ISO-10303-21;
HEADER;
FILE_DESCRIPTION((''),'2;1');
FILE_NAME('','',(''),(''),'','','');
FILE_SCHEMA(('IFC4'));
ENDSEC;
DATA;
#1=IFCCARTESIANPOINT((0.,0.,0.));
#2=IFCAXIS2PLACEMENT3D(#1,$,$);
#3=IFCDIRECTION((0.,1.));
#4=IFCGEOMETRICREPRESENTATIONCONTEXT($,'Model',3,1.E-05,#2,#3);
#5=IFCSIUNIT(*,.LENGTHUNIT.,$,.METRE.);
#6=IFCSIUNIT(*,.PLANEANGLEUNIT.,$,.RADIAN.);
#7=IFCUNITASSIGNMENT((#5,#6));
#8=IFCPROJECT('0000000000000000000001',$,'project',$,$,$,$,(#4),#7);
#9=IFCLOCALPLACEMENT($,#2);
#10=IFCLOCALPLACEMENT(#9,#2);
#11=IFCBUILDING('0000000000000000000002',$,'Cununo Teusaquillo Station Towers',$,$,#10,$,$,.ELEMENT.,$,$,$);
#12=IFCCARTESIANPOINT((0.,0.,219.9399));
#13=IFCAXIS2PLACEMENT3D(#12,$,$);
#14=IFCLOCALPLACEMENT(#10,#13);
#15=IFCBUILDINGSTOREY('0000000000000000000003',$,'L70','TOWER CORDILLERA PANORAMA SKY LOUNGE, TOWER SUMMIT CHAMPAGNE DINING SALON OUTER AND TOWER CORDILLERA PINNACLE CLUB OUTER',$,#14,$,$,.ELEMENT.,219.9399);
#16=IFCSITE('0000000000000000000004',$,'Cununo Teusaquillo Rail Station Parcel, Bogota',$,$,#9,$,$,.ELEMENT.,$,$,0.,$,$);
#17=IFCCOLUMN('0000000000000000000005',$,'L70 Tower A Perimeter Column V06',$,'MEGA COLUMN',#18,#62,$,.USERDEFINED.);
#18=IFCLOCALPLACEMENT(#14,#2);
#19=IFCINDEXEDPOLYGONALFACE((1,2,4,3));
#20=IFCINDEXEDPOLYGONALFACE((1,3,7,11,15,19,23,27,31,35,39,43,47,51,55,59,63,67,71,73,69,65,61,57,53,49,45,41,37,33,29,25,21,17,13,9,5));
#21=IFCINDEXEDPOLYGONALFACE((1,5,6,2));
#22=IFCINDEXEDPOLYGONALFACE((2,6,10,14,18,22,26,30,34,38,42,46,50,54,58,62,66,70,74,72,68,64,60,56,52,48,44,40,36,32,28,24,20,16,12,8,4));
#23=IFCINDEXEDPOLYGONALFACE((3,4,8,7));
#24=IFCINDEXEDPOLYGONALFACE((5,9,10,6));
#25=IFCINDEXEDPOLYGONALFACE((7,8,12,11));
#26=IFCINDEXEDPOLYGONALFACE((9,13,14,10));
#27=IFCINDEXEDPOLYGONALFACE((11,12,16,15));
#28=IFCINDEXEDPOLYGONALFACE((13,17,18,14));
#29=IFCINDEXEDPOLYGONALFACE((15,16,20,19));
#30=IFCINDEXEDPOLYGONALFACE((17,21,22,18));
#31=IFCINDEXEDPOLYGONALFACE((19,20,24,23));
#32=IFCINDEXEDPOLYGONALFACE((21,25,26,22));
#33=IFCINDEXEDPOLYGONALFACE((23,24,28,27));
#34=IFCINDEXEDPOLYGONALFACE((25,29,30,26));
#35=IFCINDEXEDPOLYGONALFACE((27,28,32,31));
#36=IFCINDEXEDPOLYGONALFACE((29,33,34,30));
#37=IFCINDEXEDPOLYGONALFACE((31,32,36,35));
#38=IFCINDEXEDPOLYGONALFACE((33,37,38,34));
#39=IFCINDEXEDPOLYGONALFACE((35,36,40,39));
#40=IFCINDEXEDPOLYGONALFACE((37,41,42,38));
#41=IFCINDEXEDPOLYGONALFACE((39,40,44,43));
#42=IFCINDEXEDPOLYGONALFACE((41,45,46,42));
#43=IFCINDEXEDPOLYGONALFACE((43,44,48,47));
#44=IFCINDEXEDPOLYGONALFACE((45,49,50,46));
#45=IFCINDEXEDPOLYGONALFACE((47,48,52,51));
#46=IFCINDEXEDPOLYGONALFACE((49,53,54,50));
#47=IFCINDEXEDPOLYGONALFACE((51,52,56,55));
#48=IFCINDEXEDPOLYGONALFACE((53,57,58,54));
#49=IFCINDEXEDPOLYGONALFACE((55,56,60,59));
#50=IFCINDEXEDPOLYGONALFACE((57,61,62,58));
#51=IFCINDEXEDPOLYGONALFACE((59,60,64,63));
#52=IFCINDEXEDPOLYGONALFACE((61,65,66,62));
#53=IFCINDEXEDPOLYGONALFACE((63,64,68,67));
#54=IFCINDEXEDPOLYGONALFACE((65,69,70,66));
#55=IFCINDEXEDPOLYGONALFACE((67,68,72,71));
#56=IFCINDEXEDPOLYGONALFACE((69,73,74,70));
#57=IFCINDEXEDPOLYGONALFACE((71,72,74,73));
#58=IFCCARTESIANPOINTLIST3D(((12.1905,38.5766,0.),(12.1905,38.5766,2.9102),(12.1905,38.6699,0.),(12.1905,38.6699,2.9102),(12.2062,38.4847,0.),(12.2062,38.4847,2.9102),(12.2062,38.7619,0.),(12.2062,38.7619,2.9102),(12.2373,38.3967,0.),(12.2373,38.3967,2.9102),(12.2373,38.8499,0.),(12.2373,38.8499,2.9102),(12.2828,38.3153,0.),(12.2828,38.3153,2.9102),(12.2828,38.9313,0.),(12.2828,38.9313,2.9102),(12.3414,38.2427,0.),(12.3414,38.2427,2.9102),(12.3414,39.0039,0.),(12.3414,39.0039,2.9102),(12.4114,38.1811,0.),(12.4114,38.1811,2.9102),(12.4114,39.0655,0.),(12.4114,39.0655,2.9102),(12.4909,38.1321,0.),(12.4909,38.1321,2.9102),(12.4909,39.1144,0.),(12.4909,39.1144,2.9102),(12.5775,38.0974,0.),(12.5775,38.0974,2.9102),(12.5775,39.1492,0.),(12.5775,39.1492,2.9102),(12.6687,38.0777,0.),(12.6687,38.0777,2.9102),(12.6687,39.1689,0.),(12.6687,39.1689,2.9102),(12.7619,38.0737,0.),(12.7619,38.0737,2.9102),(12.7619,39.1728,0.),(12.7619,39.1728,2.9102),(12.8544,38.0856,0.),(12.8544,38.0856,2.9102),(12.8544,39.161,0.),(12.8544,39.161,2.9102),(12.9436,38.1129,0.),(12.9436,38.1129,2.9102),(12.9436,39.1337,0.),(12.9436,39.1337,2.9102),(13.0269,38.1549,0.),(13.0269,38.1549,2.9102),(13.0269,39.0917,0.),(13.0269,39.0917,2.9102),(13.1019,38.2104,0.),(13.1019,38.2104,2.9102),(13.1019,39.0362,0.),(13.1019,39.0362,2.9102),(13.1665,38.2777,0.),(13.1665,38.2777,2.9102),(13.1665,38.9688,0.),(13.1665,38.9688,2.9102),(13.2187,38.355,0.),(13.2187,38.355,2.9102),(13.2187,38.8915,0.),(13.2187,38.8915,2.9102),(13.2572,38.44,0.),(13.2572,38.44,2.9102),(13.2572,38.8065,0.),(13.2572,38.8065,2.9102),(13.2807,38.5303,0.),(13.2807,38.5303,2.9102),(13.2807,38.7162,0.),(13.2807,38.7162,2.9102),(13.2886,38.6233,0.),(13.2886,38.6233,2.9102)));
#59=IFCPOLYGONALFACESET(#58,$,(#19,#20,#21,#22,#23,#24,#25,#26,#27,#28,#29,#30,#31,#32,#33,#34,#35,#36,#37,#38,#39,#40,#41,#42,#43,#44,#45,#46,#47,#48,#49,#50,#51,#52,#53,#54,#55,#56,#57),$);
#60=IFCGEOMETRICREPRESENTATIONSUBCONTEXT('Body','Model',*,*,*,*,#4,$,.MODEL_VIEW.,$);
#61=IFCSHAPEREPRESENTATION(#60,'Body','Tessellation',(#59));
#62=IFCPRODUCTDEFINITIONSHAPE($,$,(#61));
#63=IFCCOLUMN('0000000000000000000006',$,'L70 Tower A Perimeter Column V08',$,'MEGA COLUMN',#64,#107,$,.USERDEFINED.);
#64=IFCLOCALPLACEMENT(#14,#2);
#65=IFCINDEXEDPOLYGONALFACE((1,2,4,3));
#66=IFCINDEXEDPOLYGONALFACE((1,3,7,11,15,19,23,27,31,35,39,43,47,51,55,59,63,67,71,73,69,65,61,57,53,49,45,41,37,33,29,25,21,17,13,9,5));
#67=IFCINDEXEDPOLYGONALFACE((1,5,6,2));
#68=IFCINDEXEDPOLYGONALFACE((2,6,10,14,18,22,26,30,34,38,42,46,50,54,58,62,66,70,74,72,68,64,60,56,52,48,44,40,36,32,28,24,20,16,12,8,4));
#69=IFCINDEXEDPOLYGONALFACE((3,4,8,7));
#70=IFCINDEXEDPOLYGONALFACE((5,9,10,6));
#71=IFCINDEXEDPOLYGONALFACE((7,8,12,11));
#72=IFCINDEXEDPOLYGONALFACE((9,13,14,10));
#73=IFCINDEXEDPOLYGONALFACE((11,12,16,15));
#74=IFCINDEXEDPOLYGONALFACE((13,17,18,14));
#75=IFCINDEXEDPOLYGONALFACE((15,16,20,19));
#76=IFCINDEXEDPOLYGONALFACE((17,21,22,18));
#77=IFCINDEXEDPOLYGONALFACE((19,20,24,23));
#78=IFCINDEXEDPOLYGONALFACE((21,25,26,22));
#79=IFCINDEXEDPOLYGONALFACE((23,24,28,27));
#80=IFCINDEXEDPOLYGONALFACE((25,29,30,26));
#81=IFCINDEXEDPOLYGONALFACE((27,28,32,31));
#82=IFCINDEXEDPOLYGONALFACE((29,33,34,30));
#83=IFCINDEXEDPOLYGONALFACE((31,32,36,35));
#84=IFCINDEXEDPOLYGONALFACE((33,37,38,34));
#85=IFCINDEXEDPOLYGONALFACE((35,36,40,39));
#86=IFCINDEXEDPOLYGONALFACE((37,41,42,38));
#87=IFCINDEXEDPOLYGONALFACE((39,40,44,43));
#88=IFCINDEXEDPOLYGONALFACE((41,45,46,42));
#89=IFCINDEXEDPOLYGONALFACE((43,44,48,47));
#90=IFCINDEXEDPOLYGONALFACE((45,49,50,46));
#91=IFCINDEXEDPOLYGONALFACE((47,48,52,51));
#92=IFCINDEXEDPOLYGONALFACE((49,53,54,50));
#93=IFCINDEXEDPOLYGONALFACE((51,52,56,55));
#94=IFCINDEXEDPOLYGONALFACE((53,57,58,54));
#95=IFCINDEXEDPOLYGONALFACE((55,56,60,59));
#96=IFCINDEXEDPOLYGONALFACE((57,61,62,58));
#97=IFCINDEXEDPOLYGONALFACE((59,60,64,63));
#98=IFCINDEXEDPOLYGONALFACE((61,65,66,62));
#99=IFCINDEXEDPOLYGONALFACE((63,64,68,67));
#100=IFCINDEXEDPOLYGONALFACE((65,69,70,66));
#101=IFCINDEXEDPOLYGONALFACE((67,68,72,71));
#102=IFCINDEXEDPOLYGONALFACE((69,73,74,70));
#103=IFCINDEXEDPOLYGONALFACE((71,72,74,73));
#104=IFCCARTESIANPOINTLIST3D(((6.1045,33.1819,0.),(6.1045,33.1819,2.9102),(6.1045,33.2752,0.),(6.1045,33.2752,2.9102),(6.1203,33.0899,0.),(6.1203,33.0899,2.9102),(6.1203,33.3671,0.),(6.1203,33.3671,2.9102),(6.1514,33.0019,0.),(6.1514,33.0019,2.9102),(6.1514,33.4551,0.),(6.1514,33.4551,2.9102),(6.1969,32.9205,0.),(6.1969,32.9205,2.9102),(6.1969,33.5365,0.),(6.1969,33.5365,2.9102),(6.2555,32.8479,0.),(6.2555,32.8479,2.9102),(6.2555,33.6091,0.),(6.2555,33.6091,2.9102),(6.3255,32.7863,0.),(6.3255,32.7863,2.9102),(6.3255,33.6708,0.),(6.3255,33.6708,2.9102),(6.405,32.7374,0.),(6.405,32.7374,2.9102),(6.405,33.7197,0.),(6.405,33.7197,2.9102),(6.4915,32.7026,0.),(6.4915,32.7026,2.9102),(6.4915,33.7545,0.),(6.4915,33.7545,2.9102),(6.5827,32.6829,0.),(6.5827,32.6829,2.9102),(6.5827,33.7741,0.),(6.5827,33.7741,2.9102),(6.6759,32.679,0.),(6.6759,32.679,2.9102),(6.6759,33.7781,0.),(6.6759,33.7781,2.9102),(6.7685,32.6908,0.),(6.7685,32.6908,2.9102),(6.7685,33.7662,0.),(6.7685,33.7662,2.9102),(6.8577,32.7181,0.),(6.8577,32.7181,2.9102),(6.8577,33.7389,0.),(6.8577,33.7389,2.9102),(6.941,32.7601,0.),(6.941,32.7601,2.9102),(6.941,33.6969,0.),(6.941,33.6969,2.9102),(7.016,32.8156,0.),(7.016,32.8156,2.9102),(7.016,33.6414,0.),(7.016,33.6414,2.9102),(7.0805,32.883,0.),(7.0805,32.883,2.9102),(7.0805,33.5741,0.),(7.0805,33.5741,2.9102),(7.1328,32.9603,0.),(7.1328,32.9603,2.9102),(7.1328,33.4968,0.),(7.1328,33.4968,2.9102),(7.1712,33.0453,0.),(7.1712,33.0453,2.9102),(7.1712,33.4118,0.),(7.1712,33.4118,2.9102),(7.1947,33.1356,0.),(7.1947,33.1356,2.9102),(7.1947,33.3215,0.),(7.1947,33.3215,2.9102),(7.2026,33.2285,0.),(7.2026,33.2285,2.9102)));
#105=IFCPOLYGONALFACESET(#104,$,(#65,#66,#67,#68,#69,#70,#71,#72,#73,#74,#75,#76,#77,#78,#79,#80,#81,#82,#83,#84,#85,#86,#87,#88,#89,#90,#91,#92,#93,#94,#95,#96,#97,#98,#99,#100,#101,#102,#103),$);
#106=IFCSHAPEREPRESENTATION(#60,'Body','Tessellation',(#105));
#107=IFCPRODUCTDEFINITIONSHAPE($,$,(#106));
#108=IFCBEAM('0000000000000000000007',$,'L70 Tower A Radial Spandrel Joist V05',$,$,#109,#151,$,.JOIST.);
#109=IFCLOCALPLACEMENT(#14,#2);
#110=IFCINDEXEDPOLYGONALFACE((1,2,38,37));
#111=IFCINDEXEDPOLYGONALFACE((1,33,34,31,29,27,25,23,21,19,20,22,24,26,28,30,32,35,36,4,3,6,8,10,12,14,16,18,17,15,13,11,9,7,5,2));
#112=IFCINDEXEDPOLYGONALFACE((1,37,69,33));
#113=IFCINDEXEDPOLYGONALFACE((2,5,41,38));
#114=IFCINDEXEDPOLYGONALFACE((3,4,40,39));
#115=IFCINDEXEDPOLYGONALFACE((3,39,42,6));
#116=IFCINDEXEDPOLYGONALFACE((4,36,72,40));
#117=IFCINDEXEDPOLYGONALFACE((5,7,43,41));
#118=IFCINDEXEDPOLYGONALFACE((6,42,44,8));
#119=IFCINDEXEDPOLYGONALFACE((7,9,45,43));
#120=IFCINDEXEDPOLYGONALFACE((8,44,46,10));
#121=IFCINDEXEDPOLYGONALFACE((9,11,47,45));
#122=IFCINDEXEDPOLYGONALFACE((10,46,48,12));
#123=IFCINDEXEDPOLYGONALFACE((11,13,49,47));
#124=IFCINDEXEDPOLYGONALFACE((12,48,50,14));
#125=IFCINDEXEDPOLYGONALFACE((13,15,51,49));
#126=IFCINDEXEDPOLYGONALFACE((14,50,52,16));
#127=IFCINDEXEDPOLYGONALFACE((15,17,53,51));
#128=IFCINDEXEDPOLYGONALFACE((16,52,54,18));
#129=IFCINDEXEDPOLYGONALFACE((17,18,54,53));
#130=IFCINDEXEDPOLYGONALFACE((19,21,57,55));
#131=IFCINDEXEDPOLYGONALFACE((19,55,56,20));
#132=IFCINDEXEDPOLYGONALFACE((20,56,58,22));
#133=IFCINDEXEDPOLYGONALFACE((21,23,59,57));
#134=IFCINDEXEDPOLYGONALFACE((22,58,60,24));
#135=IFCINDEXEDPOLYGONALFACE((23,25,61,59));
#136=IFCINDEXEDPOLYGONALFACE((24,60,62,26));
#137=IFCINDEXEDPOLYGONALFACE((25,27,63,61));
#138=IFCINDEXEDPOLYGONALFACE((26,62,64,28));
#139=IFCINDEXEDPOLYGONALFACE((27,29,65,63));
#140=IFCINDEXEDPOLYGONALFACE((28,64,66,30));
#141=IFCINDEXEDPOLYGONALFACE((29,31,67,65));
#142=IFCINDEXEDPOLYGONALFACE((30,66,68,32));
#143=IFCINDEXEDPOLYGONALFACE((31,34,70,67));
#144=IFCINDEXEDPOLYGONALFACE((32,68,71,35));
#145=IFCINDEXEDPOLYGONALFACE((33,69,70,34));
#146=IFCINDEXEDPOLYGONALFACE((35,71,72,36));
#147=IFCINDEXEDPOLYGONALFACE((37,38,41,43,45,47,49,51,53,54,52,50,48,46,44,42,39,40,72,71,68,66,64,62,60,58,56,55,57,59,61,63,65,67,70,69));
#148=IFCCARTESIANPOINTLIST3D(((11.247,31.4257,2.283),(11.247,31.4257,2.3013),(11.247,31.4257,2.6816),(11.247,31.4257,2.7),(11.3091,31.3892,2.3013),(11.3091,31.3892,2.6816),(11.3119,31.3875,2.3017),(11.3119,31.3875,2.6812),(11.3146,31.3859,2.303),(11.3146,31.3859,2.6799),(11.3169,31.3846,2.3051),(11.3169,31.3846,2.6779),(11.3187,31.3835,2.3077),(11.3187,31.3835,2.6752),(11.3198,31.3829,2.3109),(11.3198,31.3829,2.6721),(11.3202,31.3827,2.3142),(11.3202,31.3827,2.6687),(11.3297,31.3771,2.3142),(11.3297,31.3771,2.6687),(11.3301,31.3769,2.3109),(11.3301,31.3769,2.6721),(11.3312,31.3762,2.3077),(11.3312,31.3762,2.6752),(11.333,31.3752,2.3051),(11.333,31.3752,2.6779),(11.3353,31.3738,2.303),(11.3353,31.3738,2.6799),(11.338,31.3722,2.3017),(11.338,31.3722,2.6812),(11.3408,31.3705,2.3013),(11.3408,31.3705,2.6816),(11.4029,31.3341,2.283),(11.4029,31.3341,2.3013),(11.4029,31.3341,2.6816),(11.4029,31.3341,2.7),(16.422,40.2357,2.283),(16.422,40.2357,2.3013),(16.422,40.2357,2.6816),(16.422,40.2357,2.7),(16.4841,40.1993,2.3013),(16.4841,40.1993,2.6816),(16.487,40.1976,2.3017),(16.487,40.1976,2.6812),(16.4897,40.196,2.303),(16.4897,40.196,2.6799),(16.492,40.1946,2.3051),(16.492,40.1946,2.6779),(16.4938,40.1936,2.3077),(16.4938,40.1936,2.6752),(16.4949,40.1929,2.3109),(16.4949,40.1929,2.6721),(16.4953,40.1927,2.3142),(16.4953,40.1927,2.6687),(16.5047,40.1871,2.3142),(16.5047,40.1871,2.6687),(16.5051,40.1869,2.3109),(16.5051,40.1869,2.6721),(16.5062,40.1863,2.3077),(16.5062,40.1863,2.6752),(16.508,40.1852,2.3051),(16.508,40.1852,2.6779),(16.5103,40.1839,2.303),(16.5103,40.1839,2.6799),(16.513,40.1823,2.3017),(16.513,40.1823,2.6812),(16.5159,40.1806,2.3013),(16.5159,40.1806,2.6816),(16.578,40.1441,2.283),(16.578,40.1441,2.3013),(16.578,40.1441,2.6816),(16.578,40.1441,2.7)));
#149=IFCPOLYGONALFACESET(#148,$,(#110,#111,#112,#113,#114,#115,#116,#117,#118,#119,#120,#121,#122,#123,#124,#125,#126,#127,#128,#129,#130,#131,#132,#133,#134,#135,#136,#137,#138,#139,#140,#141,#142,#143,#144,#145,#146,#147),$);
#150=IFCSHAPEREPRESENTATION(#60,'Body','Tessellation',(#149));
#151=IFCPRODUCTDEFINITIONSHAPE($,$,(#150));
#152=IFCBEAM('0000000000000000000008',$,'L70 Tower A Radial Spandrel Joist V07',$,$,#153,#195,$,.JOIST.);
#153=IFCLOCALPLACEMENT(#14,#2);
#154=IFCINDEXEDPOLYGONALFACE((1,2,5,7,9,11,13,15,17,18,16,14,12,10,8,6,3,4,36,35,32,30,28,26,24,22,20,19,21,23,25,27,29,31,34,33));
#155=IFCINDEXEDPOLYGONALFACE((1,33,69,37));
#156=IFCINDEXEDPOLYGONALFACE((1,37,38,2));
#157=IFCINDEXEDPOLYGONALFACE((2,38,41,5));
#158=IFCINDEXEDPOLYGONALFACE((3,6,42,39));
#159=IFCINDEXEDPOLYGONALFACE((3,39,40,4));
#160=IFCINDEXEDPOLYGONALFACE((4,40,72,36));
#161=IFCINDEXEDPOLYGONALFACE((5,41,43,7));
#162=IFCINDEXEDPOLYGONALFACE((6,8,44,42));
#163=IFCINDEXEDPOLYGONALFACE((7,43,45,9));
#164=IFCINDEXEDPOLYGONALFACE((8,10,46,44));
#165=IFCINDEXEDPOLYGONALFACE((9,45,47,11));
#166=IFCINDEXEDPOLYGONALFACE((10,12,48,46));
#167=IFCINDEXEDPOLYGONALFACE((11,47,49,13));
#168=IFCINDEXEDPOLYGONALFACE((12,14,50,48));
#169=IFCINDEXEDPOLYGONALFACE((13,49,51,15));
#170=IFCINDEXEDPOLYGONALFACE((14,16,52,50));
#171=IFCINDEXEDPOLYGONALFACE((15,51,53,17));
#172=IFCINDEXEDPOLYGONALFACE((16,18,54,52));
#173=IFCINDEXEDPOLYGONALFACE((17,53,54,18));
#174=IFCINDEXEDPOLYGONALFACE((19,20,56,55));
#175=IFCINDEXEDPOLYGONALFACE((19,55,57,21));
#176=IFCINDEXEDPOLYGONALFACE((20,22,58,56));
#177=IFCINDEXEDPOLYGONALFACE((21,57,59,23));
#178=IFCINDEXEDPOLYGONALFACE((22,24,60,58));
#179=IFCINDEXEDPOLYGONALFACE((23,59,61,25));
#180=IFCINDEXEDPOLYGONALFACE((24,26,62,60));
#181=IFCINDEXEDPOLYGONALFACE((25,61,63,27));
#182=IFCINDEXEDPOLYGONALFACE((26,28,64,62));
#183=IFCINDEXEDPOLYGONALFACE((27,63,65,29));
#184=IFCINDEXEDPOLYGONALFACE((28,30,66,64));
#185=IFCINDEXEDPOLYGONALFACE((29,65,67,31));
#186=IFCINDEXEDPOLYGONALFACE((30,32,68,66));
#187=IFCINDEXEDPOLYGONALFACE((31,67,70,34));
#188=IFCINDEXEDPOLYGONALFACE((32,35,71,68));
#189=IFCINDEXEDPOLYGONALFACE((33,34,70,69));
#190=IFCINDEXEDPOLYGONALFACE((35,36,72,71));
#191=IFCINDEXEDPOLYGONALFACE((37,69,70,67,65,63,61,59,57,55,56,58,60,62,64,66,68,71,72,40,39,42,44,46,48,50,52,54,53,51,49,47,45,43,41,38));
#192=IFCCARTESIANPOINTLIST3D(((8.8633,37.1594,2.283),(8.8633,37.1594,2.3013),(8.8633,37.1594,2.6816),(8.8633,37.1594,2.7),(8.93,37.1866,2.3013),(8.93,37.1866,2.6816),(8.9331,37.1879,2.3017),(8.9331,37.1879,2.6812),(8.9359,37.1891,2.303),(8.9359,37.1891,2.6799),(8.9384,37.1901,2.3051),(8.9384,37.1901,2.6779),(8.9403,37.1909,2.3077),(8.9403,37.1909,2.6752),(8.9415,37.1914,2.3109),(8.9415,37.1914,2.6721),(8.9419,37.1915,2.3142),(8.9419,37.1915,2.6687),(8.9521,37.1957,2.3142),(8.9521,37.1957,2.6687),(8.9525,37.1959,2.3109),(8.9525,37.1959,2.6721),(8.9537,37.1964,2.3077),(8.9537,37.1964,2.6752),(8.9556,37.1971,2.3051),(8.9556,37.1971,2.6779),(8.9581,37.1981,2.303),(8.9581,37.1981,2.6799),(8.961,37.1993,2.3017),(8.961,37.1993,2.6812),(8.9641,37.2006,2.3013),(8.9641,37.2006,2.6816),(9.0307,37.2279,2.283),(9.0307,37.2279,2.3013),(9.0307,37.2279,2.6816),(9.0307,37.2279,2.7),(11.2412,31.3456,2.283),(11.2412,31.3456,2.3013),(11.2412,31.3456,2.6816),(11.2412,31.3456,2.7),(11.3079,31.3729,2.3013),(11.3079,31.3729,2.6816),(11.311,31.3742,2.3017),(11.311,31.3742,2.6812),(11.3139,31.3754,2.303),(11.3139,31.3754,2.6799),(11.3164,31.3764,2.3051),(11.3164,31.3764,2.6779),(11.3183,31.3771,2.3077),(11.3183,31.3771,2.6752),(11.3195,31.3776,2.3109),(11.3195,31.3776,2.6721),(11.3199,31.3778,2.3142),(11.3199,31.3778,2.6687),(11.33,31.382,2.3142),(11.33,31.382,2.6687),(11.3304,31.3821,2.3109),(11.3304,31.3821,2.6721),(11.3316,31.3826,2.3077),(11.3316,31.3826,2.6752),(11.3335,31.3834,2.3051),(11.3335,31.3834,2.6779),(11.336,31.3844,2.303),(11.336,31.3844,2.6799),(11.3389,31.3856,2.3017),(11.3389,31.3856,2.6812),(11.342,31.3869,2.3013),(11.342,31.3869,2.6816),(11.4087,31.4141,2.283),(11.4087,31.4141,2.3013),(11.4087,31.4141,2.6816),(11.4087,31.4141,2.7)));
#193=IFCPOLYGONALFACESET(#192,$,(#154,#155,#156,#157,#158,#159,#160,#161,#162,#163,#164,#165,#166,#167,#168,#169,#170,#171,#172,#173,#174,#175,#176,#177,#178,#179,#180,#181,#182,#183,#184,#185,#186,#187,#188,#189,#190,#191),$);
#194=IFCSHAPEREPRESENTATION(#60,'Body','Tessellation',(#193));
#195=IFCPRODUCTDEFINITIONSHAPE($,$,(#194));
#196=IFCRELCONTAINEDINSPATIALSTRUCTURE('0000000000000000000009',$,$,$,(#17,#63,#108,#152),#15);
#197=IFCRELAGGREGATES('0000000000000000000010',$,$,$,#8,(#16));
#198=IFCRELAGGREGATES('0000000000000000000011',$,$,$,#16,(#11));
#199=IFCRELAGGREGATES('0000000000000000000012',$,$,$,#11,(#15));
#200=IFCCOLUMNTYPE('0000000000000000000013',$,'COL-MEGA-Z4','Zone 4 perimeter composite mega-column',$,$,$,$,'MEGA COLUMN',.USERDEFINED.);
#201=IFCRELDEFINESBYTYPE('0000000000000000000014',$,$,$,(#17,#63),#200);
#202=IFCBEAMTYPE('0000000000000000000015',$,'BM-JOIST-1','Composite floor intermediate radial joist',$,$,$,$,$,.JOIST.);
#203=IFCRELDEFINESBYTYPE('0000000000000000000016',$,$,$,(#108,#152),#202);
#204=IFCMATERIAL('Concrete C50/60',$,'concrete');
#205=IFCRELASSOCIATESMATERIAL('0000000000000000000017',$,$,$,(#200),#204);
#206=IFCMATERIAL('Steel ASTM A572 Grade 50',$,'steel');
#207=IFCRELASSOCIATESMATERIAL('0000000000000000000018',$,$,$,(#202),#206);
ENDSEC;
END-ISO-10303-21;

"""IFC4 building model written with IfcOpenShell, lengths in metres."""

from ifc_helpers import new_model, si_unit, direction, frame, origin, origin_2d, place, context, subcontext, project, spatial, circle, i_section, extrude, material, material_profile, profile_set, type_object, element, save


model = new_model("IFC4")

# Units and contexts
model_context = context("Model", 3, precision=1e-05, world=origin(), true_north=direction((0.0, 1.0)))
body_context = subcontext(model_context, "Body", "Model", "MODEL_VIEW")
ifc_project = project(units=[si_unit("LENGTHUNIT", "METRE"), si_unit("PLANEANGLEUNIT", "RADIAN")], contexts=[model_context])

# Site, building, storey
site_placement = place(None, origin())
site = spatial("IfcSite", under=ifc_project, at=site_placement, Name="Cununo Teusaquillo Rail Station Parcel, Bogota", CompositionType="ELEMENT", RefElevation=0.0)
building_placement = place(site_placement, origin())
building = spatial("IfcBuilding", under=site, at=building_placement, Name="Cununo Teusaquillo Station Towers", CompositionType="ELEMENT")
storey_placement = place(building_placement, frame((0.0, 0.0, 219.9399)))
storey = spatial("IfcBuildingStorey", under=building, at=storey_placement, Name="L70", Description="TOWER CORDILLERA PANORAMA SKY LOUNGE, TOWER SUMMIT CHAMPAGNE DINING SALON OUTER AND TOWER CORDILLERA PINNACLE CLUB OUTER", CompositionType="ELEMENT", Elevation=219.9399)

# Columns
ifc_material_1 = material(Name="Concrete C50/60", Category="concrete")
ifc_material_profile_1 = material_profile(ifc_material_1, circle(Radius=0.55, at=origin_2d()), Name="RC-CIRC-1100")
ifc_profile_set_1 = profile_set([ifc_material_profile_1], Name="Concrete C50/60")
column_type = type_object("IfcColumnType", Name="COL-MEGA-Z4", Description="Zone 4 perimeter composite mega-column", ElementType="MEGA COLUMN", PredefinedType="USERDEFINED", material=ifc_profile_set_1)
for number, where, z_axis, x_axis, name in (
    (1, (12.7385, 38.6233, 0.0), (0.0, 0.0, 1.0), (1.0, 0.0, 0.0), "L70 Tower A Perimeter Column V06"),
    (2, (6.6526, 33.2285, 0.0), (0.0, 0.0, 1.0), (1.0, 0.0, 0.0), "L70 Tower A Perimeter Column V08"),
):
    element("IfcColumn", number, at=place(storey_placement, frame(where, z_axis=z_axis, x_axis=x_axis)), inside=storey, type_object=column_type, Name=name, ObjectType="MEGA COLUMN", PredefinedType="USERDEFINED", context=body_context, shape_type="SweptSolid", body=[
        extrude(circle(Radius=0.55, at=origin_2d()), origin(), (0.0, 0.0, 1.0), 2.9102),
    ])

# Beams
ifc_material_2 = material(Name="Steel ASTM A572 Grade 50", Category="steel")
ifc_material_profile_2 = material_profile(ifc_material_2, i_section(OverallWidth=0.1809, OverallDepth=0.417, WebThickness=0.011, FlangeThickness=0.0183, FilletRadius=0.0129, at=origin_2d()), Name="W16X57")
ifc_profile_set_2 = profile_set([ifc_material_profile_2], Name="Steel ASTM A572 Grade 50")
beam_type_1 = type_object("IfcBeamType", Name="BM-JOIST-1", Description="Composite floor intermediate radial joist", PredefinedType="JOIST", material=ifc_profile_set_2)
beam_1_placement = place(storey_placement, frame((11.325, 31.3799, 2.4915), z_axis=(0.506486, 0.862248, 0.0), x_axis=(-0.862248, 0.506486, 0.0)))
element("IfcBeam", 3, at=beam_1_placement, inside=storey, type_object=beam_type_1, Name="L70 Tower A Radial Spandrel Joist V05", PredefinedType="JOIST", context=body_context, shape_type="SweptSolid", body=[
    extrude(i_section(OverallWidth=0.1809, OverallDepth=0.417, WebThickness=0.011, FlangeThickness=0.0183, FilletRadius=0.0129, at=origin_2d()), origin(), (0.0, 0.0, 1.0), 10.2175),
])
beam_2_placement = place(storey_placement, frame((11.325, 31.3799, 2.4915), z_axis=(-0.378577, 0.92557, 0.0), x_axis=(-0.92557, -0.378577, 0.0)))
element("IfcBeam", 4, at=beam_2_placement, inside=storey, type_object=beam_type_1, Name="L70 Tower A Radial Spandrel Joist V07", PredefinedType="JOIST", context=body_context, shape_type="SweptSolid", body=[
    extrude(i_section(OverallWidth=0.1809, OverallDepth=0.417, WebThickness=0.011, FlangeThickness=0.0183, FilletRadius=0.0129, at=origin_2d()), origin(), (0.0, 0.0, 1.0), 6.2812),
])

save(model, "model.ifc")
